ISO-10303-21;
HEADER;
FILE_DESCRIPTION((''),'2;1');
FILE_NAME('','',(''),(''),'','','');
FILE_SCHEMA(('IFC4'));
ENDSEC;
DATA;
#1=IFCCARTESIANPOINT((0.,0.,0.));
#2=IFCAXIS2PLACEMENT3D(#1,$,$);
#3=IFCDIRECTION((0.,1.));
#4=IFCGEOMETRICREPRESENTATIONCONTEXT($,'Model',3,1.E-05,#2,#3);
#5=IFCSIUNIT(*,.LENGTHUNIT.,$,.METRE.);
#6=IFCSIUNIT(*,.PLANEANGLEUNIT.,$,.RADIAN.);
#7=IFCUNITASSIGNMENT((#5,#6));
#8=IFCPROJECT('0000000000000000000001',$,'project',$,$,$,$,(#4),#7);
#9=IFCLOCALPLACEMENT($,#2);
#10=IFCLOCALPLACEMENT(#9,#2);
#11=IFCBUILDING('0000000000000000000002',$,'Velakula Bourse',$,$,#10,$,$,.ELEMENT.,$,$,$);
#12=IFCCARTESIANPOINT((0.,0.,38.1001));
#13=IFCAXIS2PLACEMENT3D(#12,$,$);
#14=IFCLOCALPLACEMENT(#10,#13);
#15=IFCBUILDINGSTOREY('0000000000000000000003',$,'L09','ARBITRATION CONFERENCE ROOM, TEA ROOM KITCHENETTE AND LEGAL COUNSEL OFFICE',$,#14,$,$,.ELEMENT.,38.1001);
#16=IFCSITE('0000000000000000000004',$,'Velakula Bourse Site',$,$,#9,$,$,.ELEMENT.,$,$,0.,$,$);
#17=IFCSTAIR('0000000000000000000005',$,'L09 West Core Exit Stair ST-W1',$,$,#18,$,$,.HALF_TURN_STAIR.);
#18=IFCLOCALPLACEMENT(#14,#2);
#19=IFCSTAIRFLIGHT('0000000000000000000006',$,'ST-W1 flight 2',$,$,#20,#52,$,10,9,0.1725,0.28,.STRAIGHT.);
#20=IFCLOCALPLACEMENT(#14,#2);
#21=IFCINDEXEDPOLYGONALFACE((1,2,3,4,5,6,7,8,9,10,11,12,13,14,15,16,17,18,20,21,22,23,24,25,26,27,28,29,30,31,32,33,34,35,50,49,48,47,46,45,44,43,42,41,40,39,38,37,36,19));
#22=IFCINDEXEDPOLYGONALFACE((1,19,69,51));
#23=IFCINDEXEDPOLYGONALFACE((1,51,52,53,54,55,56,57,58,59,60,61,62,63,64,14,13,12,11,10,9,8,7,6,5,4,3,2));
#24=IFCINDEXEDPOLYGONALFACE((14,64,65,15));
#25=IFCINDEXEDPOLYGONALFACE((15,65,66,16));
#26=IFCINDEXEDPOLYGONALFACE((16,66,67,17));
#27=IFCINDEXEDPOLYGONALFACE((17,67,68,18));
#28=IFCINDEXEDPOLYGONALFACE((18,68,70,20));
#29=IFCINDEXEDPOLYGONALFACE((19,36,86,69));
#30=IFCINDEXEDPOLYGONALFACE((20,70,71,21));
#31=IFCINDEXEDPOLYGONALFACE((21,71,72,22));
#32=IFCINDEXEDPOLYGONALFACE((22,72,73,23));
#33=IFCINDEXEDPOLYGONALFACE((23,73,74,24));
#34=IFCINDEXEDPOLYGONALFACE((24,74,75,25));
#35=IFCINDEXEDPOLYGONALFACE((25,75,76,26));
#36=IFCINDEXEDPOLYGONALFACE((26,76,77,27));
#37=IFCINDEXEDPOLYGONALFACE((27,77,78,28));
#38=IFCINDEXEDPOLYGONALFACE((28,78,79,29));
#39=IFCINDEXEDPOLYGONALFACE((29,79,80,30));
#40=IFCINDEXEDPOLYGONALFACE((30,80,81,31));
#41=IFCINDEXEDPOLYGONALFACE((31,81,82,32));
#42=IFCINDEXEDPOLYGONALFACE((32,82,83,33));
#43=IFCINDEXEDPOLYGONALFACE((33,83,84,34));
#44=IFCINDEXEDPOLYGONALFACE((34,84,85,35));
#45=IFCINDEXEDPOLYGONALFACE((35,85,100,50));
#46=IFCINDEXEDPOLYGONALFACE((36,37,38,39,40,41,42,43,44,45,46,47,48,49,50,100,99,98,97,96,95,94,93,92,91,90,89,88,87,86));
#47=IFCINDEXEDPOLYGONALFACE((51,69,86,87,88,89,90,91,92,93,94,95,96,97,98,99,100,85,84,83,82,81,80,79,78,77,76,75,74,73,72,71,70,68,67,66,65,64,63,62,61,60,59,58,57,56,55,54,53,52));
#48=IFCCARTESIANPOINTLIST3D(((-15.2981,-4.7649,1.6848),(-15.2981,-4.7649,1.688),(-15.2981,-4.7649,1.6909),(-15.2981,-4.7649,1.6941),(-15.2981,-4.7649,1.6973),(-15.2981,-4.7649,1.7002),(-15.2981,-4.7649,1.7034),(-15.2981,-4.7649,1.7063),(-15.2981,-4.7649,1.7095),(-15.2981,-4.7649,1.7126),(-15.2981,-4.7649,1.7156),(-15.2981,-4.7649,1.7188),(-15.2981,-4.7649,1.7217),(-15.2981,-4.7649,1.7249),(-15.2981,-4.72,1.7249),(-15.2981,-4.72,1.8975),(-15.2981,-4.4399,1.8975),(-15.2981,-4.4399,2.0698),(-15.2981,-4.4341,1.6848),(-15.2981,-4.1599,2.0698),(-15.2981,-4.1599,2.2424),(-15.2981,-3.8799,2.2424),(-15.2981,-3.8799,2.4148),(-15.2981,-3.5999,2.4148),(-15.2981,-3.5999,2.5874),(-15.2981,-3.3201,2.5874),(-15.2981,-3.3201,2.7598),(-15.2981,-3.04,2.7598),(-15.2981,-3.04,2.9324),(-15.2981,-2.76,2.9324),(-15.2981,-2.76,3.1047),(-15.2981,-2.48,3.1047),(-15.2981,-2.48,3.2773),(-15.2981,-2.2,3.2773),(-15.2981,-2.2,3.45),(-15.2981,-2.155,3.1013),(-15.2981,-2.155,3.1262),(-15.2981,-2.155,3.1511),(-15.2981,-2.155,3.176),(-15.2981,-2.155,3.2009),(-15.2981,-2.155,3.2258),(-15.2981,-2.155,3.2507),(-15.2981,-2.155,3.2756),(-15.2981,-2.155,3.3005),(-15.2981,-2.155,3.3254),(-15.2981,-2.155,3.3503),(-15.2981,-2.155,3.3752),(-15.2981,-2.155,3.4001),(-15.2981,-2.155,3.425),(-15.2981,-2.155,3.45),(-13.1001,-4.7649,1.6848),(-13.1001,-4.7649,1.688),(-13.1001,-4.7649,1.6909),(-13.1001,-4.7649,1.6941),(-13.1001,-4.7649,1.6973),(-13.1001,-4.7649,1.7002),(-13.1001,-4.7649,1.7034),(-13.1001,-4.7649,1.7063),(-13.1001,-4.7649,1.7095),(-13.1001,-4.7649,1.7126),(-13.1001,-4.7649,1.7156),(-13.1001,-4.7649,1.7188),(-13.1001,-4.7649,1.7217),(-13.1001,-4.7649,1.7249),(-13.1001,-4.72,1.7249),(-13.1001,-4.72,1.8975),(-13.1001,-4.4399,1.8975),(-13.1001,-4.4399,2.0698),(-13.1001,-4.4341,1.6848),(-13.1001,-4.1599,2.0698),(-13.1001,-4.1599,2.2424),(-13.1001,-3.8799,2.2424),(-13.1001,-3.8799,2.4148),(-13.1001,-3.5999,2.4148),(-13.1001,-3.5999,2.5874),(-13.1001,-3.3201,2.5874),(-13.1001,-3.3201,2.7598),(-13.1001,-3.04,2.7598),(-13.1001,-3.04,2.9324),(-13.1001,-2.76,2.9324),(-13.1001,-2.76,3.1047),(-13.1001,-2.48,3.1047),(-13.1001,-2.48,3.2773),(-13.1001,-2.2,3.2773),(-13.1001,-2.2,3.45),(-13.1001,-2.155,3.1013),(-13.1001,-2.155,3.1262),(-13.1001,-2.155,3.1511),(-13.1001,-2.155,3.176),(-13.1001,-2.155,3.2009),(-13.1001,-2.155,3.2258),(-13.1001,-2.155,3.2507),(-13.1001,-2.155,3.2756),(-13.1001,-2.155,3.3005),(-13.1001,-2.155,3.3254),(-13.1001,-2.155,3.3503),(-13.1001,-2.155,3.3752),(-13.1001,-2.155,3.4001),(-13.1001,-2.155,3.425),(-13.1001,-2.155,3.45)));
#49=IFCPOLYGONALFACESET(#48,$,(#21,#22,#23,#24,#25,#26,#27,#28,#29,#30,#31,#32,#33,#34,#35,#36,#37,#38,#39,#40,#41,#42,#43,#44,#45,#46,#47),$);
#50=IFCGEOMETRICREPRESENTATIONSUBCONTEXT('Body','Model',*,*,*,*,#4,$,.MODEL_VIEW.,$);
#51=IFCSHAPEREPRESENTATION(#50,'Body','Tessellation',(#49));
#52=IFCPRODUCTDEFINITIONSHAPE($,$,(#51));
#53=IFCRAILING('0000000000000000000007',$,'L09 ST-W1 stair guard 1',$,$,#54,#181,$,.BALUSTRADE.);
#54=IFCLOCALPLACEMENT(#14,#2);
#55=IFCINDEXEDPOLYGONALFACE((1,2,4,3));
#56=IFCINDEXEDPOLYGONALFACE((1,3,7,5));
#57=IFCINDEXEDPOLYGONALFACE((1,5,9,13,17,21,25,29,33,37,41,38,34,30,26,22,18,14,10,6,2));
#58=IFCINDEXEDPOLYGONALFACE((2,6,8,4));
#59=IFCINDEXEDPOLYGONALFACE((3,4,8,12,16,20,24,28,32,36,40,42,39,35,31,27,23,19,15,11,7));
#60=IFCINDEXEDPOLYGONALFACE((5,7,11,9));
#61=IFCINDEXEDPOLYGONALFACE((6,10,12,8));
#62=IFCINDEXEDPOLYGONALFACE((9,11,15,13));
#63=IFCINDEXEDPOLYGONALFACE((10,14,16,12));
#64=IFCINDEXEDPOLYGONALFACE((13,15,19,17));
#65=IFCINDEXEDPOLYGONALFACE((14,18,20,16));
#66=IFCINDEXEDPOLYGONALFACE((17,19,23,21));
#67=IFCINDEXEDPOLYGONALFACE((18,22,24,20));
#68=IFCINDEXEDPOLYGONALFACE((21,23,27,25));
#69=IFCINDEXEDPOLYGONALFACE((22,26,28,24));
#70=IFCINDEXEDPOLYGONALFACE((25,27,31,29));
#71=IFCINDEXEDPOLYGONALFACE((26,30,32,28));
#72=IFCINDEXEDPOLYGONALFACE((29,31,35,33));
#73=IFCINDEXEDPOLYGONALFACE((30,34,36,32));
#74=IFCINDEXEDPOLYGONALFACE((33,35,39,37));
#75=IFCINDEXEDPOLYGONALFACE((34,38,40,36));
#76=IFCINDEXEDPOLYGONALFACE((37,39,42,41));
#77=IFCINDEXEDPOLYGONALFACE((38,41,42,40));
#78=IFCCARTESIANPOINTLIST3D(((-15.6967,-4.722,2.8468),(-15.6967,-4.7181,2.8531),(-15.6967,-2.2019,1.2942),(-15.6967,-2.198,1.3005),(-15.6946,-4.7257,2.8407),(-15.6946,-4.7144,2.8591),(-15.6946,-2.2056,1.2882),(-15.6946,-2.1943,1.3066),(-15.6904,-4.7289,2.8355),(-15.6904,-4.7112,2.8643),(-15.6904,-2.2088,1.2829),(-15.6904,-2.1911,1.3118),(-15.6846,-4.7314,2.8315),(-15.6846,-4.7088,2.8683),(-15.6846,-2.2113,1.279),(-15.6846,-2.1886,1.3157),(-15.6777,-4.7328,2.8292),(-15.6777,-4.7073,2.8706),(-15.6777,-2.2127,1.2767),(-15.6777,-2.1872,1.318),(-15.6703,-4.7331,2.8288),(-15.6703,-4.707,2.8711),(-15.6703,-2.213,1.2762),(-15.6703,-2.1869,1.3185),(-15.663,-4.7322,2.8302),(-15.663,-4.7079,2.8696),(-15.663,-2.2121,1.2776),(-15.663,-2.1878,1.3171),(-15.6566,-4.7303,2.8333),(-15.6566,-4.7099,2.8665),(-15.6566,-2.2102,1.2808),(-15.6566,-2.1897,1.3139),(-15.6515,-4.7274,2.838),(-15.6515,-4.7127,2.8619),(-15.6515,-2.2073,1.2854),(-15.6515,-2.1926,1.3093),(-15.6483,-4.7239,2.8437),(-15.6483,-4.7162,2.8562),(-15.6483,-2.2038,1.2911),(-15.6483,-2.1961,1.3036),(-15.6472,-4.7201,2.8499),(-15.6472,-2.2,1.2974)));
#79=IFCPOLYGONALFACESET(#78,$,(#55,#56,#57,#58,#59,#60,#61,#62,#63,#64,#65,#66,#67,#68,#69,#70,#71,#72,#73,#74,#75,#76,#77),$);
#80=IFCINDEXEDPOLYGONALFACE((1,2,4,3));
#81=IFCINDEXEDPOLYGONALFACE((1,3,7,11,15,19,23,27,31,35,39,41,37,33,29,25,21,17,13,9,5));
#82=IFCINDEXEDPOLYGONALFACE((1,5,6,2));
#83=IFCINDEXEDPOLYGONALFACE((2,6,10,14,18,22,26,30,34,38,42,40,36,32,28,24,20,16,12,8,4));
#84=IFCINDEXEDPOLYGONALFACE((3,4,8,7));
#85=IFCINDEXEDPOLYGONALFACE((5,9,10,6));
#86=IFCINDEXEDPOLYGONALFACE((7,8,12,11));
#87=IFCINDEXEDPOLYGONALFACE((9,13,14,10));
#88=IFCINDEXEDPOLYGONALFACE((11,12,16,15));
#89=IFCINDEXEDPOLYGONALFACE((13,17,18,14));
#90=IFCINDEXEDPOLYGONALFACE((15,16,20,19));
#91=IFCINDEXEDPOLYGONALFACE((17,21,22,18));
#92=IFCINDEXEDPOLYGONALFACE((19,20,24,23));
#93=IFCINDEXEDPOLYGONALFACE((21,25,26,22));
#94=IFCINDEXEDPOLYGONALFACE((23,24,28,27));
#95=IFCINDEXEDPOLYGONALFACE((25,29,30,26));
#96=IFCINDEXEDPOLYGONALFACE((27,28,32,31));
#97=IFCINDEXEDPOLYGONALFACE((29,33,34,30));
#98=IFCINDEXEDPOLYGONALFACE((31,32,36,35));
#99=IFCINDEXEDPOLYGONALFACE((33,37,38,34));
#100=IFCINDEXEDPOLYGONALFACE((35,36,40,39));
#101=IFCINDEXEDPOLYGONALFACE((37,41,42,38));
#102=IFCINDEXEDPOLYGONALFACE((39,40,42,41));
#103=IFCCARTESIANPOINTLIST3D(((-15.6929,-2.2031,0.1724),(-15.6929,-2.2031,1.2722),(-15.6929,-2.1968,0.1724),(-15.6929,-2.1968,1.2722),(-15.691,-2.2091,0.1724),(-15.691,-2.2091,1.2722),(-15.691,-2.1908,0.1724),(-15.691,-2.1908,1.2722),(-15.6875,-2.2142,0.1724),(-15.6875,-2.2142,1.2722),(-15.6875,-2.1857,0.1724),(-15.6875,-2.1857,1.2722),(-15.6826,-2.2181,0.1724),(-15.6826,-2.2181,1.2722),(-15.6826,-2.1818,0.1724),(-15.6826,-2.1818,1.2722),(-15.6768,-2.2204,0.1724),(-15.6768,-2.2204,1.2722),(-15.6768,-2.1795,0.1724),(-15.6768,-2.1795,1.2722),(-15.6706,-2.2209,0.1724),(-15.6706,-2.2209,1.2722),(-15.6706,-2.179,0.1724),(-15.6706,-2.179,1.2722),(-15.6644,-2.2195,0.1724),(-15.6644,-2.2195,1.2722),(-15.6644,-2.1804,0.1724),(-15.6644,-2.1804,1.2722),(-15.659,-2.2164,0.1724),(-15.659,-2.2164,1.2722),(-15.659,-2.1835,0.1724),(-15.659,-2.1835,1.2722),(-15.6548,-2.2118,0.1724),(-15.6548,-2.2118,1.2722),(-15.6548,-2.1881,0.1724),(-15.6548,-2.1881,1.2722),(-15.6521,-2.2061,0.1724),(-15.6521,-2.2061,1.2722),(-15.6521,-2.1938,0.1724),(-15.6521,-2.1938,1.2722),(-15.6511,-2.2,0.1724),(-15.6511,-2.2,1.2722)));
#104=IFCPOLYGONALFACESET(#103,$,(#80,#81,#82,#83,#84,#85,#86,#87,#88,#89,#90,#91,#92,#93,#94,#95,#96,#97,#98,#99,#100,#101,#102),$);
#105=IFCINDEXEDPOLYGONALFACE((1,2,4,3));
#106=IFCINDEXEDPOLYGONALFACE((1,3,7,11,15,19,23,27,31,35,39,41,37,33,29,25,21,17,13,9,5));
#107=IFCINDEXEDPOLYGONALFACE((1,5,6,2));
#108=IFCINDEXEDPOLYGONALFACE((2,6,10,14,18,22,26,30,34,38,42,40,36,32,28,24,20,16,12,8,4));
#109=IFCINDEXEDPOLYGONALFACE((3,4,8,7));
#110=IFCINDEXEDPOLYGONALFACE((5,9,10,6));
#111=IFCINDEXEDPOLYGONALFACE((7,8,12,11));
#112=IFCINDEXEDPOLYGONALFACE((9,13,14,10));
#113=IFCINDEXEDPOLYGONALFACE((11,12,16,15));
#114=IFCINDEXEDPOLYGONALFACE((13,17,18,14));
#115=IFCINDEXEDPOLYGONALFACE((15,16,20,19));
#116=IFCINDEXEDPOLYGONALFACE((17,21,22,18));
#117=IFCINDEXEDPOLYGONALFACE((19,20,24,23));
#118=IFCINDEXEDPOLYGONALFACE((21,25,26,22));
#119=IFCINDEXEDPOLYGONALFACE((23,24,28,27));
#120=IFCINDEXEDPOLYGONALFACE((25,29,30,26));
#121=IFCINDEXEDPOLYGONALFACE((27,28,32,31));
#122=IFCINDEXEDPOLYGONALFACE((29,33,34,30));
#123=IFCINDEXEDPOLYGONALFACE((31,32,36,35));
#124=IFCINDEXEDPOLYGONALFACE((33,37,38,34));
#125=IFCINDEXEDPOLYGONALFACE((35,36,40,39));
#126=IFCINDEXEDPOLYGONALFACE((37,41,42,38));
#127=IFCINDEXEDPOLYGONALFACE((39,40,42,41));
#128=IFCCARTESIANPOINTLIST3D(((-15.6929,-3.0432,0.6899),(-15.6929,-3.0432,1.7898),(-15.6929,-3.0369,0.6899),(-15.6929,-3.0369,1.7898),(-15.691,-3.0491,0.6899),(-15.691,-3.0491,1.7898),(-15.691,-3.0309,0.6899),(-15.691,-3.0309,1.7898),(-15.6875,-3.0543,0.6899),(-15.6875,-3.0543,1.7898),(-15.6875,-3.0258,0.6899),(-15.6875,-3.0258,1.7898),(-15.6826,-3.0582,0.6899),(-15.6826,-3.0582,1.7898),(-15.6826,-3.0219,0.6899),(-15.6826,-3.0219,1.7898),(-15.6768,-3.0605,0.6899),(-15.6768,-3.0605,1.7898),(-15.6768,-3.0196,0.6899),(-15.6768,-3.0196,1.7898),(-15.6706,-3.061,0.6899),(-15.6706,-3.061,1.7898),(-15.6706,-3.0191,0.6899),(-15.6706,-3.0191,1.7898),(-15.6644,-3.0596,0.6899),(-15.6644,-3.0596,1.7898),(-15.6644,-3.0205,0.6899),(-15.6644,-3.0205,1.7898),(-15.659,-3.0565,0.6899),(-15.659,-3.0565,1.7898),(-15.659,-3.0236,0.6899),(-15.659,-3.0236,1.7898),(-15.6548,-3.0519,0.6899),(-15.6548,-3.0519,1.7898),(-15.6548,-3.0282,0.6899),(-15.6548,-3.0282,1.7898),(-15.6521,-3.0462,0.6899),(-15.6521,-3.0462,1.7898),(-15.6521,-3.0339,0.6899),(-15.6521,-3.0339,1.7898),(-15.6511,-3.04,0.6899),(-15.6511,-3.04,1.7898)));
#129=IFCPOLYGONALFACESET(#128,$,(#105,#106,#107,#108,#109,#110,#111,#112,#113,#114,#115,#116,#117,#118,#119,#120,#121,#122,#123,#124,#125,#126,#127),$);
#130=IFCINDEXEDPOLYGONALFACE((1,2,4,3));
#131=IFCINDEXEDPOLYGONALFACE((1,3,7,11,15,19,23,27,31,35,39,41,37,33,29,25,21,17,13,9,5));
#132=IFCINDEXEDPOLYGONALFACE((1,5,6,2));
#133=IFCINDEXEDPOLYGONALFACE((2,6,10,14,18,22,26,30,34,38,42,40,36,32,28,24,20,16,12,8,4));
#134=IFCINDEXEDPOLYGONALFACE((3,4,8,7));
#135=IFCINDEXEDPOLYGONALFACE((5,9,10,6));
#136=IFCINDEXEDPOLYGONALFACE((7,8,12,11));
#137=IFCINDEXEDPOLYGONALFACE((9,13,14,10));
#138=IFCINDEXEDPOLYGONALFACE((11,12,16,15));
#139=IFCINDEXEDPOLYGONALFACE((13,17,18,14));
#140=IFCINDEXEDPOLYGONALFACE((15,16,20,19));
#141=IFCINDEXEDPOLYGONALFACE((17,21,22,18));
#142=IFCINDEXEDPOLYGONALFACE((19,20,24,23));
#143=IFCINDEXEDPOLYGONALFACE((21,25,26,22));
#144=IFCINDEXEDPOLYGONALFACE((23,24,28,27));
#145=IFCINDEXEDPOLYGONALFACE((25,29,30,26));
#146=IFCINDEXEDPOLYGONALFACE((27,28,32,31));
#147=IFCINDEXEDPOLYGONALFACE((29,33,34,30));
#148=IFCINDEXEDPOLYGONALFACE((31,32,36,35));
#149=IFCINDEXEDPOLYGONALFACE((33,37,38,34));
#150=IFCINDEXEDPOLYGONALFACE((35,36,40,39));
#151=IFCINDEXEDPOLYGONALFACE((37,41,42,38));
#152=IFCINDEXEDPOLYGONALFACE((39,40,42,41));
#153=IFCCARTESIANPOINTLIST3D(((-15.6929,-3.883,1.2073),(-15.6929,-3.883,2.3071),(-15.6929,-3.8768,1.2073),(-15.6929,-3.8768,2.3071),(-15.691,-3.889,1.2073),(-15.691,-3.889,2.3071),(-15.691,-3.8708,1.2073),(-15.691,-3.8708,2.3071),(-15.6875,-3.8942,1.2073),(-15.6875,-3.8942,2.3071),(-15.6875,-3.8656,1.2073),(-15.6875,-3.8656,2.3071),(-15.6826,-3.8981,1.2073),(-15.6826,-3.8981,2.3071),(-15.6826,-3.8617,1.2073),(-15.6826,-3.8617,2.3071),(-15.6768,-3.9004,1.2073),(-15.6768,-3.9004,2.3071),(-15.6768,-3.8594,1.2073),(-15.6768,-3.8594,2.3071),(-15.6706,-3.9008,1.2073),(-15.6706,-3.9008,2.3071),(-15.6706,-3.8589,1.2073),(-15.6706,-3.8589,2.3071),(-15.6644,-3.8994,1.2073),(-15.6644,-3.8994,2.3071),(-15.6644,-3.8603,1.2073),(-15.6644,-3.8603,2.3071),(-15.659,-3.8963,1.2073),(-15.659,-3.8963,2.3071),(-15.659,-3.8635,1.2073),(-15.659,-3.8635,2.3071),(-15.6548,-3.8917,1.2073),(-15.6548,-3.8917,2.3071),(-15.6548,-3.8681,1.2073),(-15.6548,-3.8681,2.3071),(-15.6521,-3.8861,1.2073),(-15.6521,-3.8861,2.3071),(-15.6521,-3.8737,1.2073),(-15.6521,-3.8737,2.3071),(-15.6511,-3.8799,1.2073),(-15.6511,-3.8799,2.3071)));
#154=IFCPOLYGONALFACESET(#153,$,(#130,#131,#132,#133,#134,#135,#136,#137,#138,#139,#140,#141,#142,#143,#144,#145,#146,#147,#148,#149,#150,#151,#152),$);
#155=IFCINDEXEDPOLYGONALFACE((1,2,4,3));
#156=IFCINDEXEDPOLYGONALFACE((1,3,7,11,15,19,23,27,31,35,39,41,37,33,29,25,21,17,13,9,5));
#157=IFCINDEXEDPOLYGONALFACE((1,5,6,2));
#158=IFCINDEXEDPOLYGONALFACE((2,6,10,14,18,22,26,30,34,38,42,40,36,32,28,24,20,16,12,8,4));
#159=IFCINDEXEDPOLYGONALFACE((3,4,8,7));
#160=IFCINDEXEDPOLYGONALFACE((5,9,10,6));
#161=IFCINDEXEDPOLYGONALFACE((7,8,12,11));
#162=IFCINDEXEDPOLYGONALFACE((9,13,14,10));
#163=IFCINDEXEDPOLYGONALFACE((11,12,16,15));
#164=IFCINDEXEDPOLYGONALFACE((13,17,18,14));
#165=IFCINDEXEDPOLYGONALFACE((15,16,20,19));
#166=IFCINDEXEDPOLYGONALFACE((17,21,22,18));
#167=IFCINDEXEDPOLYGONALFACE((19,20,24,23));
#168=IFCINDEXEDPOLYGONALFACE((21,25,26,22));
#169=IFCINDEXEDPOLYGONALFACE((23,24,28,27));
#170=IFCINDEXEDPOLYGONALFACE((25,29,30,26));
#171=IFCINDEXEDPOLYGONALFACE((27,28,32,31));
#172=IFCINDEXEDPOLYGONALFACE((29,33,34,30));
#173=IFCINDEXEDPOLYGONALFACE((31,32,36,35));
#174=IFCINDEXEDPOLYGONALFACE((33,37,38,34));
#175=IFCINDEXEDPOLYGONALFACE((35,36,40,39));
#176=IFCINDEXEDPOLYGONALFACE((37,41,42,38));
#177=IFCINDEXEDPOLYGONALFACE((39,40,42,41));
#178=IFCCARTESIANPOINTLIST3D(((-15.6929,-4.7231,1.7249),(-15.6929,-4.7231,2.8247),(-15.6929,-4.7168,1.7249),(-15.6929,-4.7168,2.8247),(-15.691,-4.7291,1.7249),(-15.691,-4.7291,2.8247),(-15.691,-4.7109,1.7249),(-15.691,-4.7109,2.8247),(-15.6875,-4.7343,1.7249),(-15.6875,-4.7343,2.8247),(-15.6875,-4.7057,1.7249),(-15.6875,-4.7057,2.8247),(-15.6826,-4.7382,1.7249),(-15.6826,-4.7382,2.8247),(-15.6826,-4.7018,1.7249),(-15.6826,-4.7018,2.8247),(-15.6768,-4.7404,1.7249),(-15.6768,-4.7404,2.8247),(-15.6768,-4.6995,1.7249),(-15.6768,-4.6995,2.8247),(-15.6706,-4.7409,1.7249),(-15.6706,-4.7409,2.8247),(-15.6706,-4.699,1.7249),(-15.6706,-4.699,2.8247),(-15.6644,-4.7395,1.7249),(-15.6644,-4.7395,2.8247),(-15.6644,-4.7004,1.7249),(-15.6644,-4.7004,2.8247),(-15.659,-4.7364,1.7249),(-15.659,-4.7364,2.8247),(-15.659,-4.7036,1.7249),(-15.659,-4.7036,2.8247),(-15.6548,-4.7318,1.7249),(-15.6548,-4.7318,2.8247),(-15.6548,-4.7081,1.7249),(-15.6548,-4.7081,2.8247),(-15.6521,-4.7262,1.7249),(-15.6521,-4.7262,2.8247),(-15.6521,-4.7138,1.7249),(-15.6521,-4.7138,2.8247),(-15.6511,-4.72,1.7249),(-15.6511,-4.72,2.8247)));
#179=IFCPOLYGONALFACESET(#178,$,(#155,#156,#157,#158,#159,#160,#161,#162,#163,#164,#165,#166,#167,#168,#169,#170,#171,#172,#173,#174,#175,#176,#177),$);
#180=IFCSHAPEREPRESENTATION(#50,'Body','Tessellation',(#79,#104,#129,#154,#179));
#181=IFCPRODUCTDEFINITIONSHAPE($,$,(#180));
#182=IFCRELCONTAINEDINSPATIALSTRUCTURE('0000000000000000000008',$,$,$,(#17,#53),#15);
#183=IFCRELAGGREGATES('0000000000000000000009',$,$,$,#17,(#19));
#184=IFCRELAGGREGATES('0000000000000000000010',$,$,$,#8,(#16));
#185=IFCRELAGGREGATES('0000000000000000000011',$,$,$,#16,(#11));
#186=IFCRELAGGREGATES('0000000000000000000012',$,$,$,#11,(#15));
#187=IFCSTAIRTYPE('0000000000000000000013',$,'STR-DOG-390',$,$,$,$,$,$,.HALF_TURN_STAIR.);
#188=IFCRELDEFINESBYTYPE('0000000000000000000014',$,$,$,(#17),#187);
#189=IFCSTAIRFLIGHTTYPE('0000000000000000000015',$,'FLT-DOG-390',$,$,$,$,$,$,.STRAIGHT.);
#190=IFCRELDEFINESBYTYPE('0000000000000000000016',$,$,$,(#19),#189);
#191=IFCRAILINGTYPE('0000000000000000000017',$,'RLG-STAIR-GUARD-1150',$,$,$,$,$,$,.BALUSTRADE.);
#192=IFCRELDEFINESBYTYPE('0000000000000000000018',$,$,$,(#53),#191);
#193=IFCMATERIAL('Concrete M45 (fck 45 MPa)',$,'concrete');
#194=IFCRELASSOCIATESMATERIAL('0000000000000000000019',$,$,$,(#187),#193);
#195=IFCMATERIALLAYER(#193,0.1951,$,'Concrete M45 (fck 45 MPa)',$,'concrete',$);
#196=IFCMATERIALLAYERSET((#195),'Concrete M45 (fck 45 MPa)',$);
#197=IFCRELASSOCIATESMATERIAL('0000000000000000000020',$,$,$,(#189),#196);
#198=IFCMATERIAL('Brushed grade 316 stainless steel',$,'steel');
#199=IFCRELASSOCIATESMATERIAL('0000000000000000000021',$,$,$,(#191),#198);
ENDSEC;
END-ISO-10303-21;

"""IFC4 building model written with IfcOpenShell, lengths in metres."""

from ifc_helpers import new_model, si_unit, direction, frame, origin, origin_2d, place, context, subcontext, project, spatial, polyline, circle, outline, extrude, material, layer, layer_set, type_object, element, aggregate, save


model = new_model("IFC4")

# Units and contexts
model_context = context("Model", 3, precision=1e-05, world=origin(), true_north=direction((0.0, 1.0)))
body_context = subcontext(model_context, "Body", "Model", "MODEL_VIEW")
ifc_project = project(units=[si_unit("LENGTHUNIT", "METRE"), si_unit("PLANEANGLEUNIT", "RADIAN")], contexts=[model_context])

# Site, building, storey
site_placement = place(None, origin())
site = spatial("IfcSite", under=ifc_project, at=site_placement, Name="Velakula Bourse Site", CompositionType="ELEMENT", RefElevation=0.0)
building_placement = place(site_placement, origin())
building = spatial("IfcBuilding", under=site, at=building_placement, Name="Velakula Bourse", CompositionType="ELEMENT")
storey_placement = place(building_placement, frame((0.0, 0.0, 38.1001)))
storey = spatial("IfcBuildingStorey", under=building, at=storey_placement, Name="L09", Description="ARBITRATION CONFERENCE ROOM, TEA ROOM KITCHENETTE AND LEGAL COUNSEL OFFICE", CompositionType="ELEMENT", Elevation=38.1001)

# Shared definitions
ifc_material_1 = material(Name="Brushed grade 316 stainless steel", Category="steel")

# Stair, stair flight
ifc_material_2 = material(Name="Concrete M45 (fck 45 MPa)", Category="concrete")
stair_type = type_object("IfcStairType", Name="STR-DOG-390", PredefinedType="HALF_TURN_STAIR", material=ifc_material_2)
stair_placement = place(storey_placement, origin())
stair = element("IfcStair", 1, at=stair_placement, inside=storey, type_object=stair_type, Name="L09 West Core Exit Stair ST-W1", PredefinedType="HALF_TURN_STAIR")
ifc_layer_1 = layer(ifc_material_2, 0.1951, Name="Concrete M45 (fck 45 MPa)", Category="concrete")
ifc_layer_set_1 = layer_set([ifc_layer_1], Name="Concrete M45 (fck 45 MPa)")
stair_flight_type = type_object("IfcStairFlightType", Name="FLT-DOG-390", PredefinedType="STRAIGHT", material=ifc_layer_set_1)
stair_flight_1_placement = place(storey_placement, frame((-14.199, -4.72, 1.7249), z_axis=(0.0, 0.0, 1.0), x_axis=(0.0, 1.0, 0.0)))
stair_flight_1 = element("IfcStairFlight", 2, at=stair_flight_1_placement, type_object=stair_flight_type, Name="ST-W1 flight 2", NumberOfRisers=10, NumberOfTreads=9, PredefinedType="STRAIGHT", RiserHeight=0.1725, TreadLength=0.28, context=body_context, shape_type="SweptSolid", body=[
    extrude(outline(polyline([(-0.0449, -0.04), (-0.0449, -0.0369), (-0.0449, -0.0339), (-0.0449, -0.0308), (-0.0449, -0.0276), (-0.0449, -0.0247), (-0.0449, -0.0215), (-0.0449, -0.0186), (-0.0449, -0.0154), (-0.0449, -0.0122), (-0.0449, -0.0093), (-0.0449, -0.0061), (-0.0449, -0.0032), (-0.0449, 0.0), (0.0, 0.0), (0.0, 0.1726), (0.28, 0.1726), (0.28, 0.345), (0.5601, 0.345), (0.5601, 0.5176), (0.8401, 0.5176), (0.8401, 0.6899), (1.1201, 0.6899), (1.1201, 0.8625), (1.3999, 0.8625), (1.3999, 1.0349), (1.6799, 1.0349), (1.6799, 1.2075), (1.96, 1.2075), (1.96, 1.3799), (2.24, 1.3799), (2.24, 1.5525), (2.52, 1.5525), (2.52, 1.7251), (2.5649, 1.7251), (2.5649, 1.7002), (2.5649, 1.6753), (2.5649, 1.6504), (2.5649, 1.6255), (2.5649, 1.6006), (2.5649, 1.5757), (2.5649, 1.5508), (2.5649, 1.5259), (2.5649, 1.501), (2.5649, 1.4761), (2.5649, 1.4512), (2.5649, 1.4263), (2.5649, 1.4014), (2.5649, 1.3765), (0.2859, -0.04), (-0.0449, -0.04)])), frame((0.0, 1.0991, 0.0), z_axis=(0.0, -1.0, 0.0), x_axis=(1.0, 0.0, 0.0)), (0.0, 0.0, 1.0), 2.198),
])
aggregate(stair, [stair_flight_1])

# Railing
railing_type_1 = type_object("IfcRailingType", Name="RLG-STAIR-GUARD-1150", PredefinedType="BALUSTRADE", material=ifc_material_1)
railing_1_placement = place(storey_placement, frame((-15.6721, -2.2, 0.1724)))
element("IfcRailing", 3, at=railing_1_placement, inside=storey, type_object=railing_type_1, Name="L09 ST-W1 stair guard 1", PredefinedType="BALUSTRADE", context=body_context, shape_type="SweptSolid", body=[
    extrude(circle(Radius=0.0249, at=origin_2d()), frame((0.0, 0.0, 1.125), z_axis=(0.0, -0.8514, 0.524516), x_axis=(1.0, 0.0, 0.0)), (0.0, 0.0, 1.0), 2.96),
    extrude(circle(Radius=0.021, at=origin_2d()), origin(), (0.0, 0.0, 1.0), 1.0999),
    extrude(circle(Radius=0.021, at=origin_2d()), frame((0.0, -0.8401, 0.5176)), (0.0, 0.0, 1.0), 1.0999),
    extrude(circle(Radius=0.021, at=origin_2d()), frame((0.0, -1.6799, 1.0349)), (0.0, 0.0, 1.0), 1.0999),
    extrude(circle(Radius=0.021, at=origin_2d()), frame((0.0, -2.52, 1.5525)), (0.0, 0.0, 1.0), 1.0999),
])

save(model, "model.ifc")
